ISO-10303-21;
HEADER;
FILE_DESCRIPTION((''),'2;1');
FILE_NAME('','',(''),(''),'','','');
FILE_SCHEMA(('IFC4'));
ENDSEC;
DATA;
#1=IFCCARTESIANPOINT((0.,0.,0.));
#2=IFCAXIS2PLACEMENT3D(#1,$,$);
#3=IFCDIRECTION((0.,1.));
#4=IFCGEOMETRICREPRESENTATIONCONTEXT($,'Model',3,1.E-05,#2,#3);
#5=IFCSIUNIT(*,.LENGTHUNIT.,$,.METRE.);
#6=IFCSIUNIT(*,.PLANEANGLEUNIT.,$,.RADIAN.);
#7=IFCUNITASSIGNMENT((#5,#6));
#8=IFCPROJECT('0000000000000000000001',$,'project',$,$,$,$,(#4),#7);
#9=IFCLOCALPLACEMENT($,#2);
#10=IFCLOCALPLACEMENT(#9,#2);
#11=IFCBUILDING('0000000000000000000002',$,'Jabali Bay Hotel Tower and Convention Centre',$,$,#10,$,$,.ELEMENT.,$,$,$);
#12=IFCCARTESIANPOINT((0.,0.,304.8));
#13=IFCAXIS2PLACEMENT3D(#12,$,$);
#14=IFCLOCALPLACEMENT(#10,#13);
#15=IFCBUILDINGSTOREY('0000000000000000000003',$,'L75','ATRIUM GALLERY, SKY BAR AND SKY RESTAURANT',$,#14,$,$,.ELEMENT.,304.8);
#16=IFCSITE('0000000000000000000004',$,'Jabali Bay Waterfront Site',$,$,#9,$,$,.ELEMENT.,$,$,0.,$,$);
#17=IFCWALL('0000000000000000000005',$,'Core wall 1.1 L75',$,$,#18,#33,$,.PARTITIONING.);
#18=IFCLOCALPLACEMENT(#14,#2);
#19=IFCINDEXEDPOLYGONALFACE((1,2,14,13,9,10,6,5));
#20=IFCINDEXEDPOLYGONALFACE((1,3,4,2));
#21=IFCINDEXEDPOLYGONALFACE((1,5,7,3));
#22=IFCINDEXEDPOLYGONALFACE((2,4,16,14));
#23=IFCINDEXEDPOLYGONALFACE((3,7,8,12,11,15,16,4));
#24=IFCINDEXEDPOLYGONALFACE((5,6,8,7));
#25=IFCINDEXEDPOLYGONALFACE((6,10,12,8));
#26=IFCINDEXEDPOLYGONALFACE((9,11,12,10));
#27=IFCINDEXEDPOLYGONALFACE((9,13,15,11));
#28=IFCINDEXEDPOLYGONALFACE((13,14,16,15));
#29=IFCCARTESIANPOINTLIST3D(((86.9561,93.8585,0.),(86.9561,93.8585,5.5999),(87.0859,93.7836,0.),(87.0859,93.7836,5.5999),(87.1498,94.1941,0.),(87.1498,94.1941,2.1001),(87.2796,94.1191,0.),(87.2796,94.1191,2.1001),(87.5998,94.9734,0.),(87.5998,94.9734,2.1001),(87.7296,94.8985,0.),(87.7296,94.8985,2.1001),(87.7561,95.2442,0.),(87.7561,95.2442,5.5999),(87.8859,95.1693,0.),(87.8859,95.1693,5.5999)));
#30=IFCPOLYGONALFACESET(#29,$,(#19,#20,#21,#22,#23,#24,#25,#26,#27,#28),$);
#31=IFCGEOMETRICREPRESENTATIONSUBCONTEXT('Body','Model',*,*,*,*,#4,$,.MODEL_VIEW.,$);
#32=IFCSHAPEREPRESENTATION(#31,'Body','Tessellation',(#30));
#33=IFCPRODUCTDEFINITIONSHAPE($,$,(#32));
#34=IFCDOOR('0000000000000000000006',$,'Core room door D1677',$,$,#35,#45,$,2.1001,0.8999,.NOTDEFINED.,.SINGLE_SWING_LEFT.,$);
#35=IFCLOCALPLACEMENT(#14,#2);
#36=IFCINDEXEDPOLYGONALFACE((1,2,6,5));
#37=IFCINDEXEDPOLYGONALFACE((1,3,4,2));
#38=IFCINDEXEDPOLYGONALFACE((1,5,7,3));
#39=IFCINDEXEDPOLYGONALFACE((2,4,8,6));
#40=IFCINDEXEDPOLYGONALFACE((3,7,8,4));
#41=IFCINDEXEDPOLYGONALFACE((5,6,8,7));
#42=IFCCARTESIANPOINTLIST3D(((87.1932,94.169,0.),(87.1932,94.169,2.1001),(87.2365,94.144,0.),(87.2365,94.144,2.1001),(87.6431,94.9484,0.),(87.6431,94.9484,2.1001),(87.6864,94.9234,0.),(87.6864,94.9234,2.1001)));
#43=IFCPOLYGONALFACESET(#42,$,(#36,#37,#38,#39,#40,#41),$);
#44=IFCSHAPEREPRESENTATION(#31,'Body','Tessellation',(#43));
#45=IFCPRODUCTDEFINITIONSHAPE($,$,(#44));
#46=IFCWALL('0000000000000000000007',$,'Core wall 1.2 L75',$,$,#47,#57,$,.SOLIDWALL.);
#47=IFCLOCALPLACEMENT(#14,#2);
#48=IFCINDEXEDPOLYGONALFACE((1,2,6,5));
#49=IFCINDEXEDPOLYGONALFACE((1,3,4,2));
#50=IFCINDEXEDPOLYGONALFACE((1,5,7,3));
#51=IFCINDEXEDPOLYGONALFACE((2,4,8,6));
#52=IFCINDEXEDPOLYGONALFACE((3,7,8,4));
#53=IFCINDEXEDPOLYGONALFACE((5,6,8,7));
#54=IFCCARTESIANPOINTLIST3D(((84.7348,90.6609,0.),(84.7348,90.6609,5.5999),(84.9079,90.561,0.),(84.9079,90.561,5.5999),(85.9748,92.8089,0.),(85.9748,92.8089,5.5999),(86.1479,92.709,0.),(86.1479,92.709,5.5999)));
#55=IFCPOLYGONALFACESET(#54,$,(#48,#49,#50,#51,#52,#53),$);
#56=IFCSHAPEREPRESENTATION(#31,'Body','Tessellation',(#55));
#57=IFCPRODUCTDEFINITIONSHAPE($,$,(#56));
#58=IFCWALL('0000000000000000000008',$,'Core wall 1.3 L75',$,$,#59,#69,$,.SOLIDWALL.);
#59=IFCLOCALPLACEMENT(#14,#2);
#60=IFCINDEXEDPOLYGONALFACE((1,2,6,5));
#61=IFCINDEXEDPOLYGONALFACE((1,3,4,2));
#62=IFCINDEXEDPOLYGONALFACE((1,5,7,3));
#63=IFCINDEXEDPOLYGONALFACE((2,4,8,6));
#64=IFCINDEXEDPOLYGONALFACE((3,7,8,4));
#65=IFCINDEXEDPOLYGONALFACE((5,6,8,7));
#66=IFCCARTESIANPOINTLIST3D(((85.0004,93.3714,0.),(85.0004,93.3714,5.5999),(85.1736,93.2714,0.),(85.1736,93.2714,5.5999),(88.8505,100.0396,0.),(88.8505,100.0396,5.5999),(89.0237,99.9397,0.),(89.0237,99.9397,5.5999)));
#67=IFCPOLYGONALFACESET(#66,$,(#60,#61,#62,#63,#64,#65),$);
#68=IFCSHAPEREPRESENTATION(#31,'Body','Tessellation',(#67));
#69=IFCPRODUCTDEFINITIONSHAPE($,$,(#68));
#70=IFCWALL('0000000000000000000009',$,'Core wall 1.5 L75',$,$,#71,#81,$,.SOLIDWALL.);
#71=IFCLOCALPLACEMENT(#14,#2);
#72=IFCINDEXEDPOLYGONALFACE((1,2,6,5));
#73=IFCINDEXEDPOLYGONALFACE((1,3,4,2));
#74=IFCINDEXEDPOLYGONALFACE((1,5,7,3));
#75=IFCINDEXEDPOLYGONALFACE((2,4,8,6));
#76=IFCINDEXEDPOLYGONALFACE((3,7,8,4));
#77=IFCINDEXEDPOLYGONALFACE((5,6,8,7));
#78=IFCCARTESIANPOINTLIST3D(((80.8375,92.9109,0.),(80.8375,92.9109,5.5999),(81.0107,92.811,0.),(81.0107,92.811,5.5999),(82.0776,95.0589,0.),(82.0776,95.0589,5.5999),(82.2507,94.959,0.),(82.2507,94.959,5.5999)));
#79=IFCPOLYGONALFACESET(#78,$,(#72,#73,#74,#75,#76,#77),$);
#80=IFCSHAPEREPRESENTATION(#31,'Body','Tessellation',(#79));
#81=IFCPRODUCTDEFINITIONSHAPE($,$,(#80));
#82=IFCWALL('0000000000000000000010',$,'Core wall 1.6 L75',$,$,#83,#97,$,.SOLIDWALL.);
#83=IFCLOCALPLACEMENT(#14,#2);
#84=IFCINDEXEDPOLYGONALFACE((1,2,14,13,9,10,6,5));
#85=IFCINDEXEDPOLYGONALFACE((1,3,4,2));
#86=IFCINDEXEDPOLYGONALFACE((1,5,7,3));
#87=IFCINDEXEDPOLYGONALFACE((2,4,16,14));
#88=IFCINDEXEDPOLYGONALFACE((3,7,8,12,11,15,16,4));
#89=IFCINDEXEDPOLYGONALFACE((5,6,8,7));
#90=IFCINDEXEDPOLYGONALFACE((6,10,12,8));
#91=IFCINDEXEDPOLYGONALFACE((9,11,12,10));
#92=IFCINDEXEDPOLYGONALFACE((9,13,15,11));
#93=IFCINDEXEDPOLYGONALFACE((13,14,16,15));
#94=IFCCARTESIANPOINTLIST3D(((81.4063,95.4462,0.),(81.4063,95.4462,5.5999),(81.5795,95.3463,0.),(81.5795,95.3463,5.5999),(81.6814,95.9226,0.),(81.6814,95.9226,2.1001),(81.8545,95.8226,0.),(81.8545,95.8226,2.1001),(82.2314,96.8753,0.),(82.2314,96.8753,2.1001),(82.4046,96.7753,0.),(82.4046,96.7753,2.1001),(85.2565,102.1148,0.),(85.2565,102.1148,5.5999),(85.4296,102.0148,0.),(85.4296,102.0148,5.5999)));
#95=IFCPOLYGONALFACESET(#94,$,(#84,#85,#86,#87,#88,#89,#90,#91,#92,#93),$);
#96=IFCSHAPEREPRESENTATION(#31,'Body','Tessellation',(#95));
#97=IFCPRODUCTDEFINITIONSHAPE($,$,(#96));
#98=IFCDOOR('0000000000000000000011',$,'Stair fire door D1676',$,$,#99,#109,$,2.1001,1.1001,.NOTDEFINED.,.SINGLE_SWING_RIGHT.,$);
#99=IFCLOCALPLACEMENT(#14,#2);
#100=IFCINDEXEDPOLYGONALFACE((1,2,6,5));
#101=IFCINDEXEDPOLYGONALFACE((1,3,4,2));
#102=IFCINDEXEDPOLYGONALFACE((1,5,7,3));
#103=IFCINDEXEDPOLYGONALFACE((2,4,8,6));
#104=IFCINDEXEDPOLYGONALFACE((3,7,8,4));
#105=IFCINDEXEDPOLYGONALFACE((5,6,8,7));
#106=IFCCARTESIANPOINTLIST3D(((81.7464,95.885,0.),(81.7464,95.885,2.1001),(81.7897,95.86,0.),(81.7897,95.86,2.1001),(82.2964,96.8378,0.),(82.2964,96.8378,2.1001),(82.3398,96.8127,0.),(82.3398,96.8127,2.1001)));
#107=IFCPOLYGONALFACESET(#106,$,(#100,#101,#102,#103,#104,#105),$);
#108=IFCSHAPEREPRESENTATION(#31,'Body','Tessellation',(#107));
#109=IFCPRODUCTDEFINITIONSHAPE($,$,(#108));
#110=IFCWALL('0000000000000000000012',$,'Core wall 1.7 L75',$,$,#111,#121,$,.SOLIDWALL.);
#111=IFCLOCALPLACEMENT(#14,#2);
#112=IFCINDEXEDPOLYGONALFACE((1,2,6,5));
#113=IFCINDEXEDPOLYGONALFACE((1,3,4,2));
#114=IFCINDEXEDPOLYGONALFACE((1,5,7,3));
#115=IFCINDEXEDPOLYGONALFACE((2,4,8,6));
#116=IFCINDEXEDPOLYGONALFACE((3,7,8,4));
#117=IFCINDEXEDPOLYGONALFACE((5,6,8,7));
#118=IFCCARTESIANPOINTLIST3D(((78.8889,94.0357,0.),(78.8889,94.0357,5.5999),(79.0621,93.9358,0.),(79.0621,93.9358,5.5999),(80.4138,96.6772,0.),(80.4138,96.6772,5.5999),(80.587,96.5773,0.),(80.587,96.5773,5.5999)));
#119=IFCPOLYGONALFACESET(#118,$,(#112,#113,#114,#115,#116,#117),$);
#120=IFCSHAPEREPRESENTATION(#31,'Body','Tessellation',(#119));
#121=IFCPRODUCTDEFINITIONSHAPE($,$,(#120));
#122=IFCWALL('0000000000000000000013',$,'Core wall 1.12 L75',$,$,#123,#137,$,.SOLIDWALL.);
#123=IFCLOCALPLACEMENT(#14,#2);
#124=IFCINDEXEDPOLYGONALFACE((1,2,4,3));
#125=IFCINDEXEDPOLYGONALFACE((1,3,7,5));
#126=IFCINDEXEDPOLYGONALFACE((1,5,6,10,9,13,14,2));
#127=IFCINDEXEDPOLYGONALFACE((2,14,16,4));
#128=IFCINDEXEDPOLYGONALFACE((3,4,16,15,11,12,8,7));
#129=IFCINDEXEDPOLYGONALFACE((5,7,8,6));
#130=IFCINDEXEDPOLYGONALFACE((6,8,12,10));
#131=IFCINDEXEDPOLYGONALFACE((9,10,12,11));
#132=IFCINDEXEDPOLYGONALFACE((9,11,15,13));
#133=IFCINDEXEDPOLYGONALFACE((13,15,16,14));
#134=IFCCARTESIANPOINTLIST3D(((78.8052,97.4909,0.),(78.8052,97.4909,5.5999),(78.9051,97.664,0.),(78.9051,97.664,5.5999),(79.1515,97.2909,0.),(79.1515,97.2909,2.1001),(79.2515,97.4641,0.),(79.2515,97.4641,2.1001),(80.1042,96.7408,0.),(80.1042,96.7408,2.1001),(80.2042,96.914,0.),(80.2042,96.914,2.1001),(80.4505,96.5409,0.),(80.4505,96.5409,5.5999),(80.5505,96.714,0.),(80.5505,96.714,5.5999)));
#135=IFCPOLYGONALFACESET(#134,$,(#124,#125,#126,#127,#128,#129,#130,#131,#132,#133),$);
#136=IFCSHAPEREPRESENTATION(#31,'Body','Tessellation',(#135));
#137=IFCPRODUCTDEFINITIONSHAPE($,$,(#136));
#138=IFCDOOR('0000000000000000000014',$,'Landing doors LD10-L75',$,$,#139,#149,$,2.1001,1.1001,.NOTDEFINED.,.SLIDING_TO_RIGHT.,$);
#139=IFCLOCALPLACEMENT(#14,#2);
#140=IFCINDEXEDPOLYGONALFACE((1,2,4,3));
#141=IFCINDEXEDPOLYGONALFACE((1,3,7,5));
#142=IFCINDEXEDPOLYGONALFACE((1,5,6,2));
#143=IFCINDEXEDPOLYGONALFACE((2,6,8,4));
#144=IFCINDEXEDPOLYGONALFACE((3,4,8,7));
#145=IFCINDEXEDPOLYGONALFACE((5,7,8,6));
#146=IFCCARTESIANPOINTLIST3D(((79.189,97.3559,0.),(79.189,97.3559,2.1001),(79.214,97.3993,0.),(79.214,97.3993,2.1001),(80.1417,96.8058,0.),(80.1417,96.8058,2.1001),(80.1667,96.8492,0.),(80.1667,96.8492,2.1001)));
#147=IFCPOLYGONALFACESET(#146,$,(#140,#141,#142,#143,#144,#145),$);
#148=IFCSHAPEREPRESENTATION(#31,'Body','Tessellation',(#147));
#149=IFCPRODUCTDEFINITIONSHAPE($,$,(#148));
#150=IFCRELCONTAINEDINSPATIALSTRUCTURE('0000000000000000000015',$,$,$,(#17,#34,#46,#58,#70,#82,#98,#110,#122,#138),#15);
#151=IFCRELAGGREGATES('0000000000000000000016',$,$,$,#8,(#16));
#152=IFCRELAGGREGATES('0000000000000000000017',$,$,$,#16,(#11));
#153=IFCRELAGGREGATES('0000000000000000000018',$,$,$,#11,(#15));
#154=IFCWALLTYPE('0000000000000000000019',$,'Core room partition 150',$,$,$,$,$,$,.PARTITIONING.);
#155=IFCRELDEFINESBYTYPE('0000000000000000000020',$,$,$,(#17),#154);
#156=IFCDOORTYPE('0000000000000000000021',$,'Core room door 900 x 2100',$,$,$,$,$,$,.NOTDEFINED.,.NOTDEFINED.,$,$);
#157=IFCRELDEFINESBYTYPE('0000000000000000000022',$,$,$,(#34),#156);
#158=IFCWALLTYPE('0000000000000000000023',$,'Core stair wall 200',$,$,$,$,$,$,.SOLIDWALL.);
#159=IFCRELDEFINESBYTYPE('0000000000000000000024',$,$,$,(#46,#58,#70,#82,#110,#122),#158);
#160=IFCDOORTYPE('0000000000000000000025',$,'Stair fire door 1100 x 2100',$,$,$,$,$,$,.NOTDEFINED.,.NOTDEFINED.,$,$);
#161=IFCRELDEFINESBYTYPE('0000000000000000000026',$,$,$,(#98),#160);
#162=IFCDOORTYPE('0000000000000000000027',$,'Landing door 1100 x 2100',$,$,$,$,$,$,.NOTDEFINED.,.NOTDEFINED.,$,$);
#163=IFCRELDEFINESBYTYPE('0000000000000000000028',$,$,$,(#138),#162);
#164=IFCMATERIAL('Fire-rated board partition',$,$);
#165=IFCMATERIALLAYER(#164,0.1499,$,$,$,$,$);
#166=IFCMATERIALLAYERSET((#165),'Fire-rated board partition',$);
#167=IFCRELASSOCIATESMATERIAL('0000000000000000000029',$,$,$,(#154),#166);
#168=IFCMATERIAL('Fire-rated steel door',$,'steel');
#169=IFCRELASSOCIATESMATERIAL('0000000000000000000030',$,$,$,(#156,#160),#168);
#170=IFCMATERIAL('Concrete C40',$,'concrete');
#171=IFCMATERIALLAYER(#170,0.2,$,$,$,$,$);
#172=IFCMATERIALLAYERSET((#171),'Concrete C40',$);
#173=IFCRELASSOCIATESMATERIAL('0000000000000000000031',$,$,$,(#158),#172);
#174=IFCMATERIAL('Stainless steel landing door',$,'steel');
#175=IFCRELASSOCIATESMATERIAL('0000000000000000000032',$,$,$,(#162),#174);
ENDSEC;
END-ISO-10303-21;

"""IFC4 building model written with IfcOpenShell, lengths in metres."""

from ifc_helpers import new_model, si_unit, direction, frame, frame_2d, origin, place, context, subcontext, project, spatial, rectangle, extrude, material, layer, layer_set, type_object, element, fill, save


model = new_model("IFC4")

# Units and contexts
model_context = context("Model", 3, precision=1e-05, world=origin(), true_north=direction((0.0, 1.0)))
body_context = subcontext(model_context, "Body", "Model", "MODEL_VIEW")
ifc_project = project(units=[si_unit("LENGTHUNIT", "METRE"), si_unit("PLANEANGLEUNIT", "RADIAN")], contexts=[model_context])

# Site, building, storey
site_placement = place(None, origin())
site = spatial("IfcSite", under=ifc_project, at=site_placement, Name="Jabali Bay Waterfront Site", CompositionType="ELEMENT", RefElevation=0.0)
building_placement = place(site_placement, origin())
building = spatial("IfcBuilding", under=site, at=building_placement, Name="Jabali Bay Hotel Tower and Convention Centre", CompositionType="ELEMENT")
storey_placement = place(building_placement, frame((0.0, 0.0, 304.8)))
storey = spatial("IfcBuildingStorey", under=building, at=storey_placement, Name="L75", Description="ATRIUM GALLERY, SKY BAR AND SKY RESTAURANT", CompositionType="ELEMENT", Elevation=304.8)

# Wall, opening, door
ifc_material_1 = material(Name="Fire-rated board partition")
ifc_layer_1 = layer(ifc_material_1, 0.1499)
ifc_layer_set_1 = layer_set([ifc_layer_1], Name="Fire-rated board partition")
wall_type_1 = type_object("IfcWallType", Name="Core room partition 150", PredefinedType="PARTITIONING", material=ifc_layer_set_1)
wall_1_placement = place(storey_placement, frame((87.021, 93.821, 0.0), z_axis=(0.0, 0.0, 1.0), x_axis=(0.499995, 0.866028, 0.0)))
wall_1 = element("IfcWall", 1, at=wall_1_placement, inside=storey, type_object=wall_type_1, Name="Core wall 1.1 L75", PredefinedType="PARTITIONING", context=body_context, shape_type="SweptSolid", body=[
    extrude(rectangle(XDim=1.6001, YDim=0.1499, at=frame_2d((0.8, 0.0))), origin(), (0.0, 0.0, 1.0), 5.5999),
])
opening_1_placement = place(wall_1_placement, frame((0.3875, 0.0, 0.0)))
opening_1 = element("IfcOpeningElement", 2, at=opening_1_placement, cuts=wall_1, PredefinedType="OPENING", context=body_context, shape_type="SweptSolid", body=[
    extrude(rectangle(XDim=0.8999, YDim=2.1001, at=frame_2d((0.45, 1.05))), frame((0.0, 0.0854, 0.0), z_axis=(0.0, -1.0, 0.0), x_axis=(1.0, 0.0, 0.0)), (0.0, 0.0, 1.0), 0.1709),
])
ifc_material_2 = material(Name="Fire-rated steel door", Category="steel")
door_type_1 = type_object("IfcDoorType", Name="Core room door 900 x 2100", OperationType="NOTDEFINED", PredefinedType="NOTDEFINED", material=ifc_material_2)
door_1_placement = place(opening_1_placement, origin())
door_1 = element("IfcDoor", 3, at=door_1_placement, inside=storey, type_object=door_type_1, Name="Core room door D1677", OperationType="SINGLE_SWING_LEFT", OverallHeight=2.1001, OverallWidth=0.8999, PredefinedType="NOTDEFINED", context=body_context, shape_type="SweptSolid", body=[
    extrude(rectangle(XDim=0.8999, YDim=2.1001, at=frame_2d((0.45, 1.05))), frame((0.0, 0.0249, 0.0), z_axis=(0.0, -1.0, 0.0), x_axis=(1.0, 0.0, 0.0)), (0.0, 0.0, 1.0), 0.05),
])
fill(opening_1, door_1)

# Walls
ifc_material_3 = material(Name="Concrete C40", Category="concrete")
ifc_layer_2 = layer(ifc_material_3, 0.2)
ifc_layer_set_2 = layer_set([ifc_layer_2], Name="Concrete C40")
wall_type_2 = type_object("IfcWallType", Name="Core stair wall 200", PredefinedType="SOLIDWALL", material=ifc_layer_set_2)
wall_2_placement = place(storey_placement, frame((84.8213, 90.6108, 0.0), z_axis=(0.0, 0.0, 1.0), x_axis=(0.499961, 0.866048, 0.0)))
element("IfcWall", 4, at=wall_2_placement, inside=storey, type_object=wall_type_2, Name="Core wall 1.2 L75", PredefinedType="SOLIDWALL", context=body_context, shape_type="SweptSolid", body=[
    extrude(rectangle(XDim=2.4802, YDim=0.2, at=frame_2d((1.2402, 0.0))), origin(), (0.0, 0.0, 1.0), 5.5999),
])
wall_3_placement = place(storey_placement, frame((85.0869, 93.3213, 0.0), z_axis=(0.0, 0.0, 1.0), x_axis=(0.50002, 0.866014, 0.0)))
element("IfcWall", 5, at=wall_3_placement, inside=storey, type_object=wall_type_2, Name="Core wall 1.3 L75", PredefinedType="SOLIDWALL", context=body_context, shape_type="SweptSolid", body=[
    extrude(rectangle(XDim=7.7, YDim=0.2, at=frame_2d((3.8501, 0.0))), origin(), (0.0, 0.0, 1.0), 5.5999),
])
wall_4_placement = place(storey_placement, frame((80.9241, 92.8608, 0.0), z_axis=(0.0, 0.0, 1.0), x_axis=(0.499961, 0.866048, 0.0)))
element("IfcWall", 6, at=wall_4_placement, inside=storey, type_object=wall_type_2, Name="Core wall 1.5 L75", PredefinedType="SOLIDWALL", context=body_context, shape_type="SweptSolid", body=[
    extrude(rectangle(XDim=2.4802, YDim=0.2, at=frame_2d((1.2402, 0.0))), origin(), (0.0, 0.0, 1.0), 5.5999),
])

# Wall, opening, door
wall_5_placement = place(storey_placement, frame((81.4929, 95.3962, 0.0), z_axis=(0.0, 0.0, 1.0), x_axis=(0.500006, 0.866022, 0.0)))
wall_5 = element("IfcWall", 7, at=wall_5_placement, inside=storey, type_object=wall_type_2, Name="Core wall 1.6 L75", PredefinedType="SOLIDWALL", context=body_context, shape_type="SweptSolid", body=[
    extrude(rectangle(XDim=7.7002, YDim=0.2, at=frame_2d((3.8501, 0.0))), origin(), (0.0, 0.0, 1.0), 5.5999),
])
opening_2_placement = place(wall_5_placement, frame((0.55, 0.0, 0.0)))
opening_2 = element("IfcOpeningElement", 8, at=opening_2_placement, cuts=wall_5, PredefinedType="OPENING", context=body_context, shape_type="SweptSolid", body=[
    extrude(rectangle(XDim=1.1001, YDim=2.1001, at=frame_2d((0.55, 1.05))), frame((0.0, 0.1104, 0.0), z_axis=(0.0, -1.0, 0.0), x_axis=(1.0, 0.0, 0.0)), (0.0, 0.0, 1.0), 0.2209),
])
door_type_2 = type_object("IfcDoorType", Name="Stair fire door 1100 x 2100", OperationType="NOTDEFINED", PredefinedType="NOTDEFINED", material=ifc_material_2)
door_2_placement = place(opening_2_placement, origin())
door_2 = element("IfcDoor", 9, at=door_2_placement, inside=storey, type_object=door_type_2, Name="Stair fire door D1676", OperationType="SINGLE_SWING_RIGHT", OverallHeight=2.1001, OverallWidth=1.1001, PredefinedType="NOTDEFINED", context=body_context, shape_type="SweptSolid", body=[
    extrude(rectangle(XDim=1.1001, YDim=2.1001, at=frame_2d((0.55, 1.05))), frame((0.0, 0.0249, 0.0), z_axis=(0.0, -1.0, 0.0), x_axis=(1.0, 0.0, 0.0)), (0.0, 0.0, 1.0), 0.05),
])
fill(opening_2, door_2)

# Wall
wall_6_placement = place(storey_placement, frame((78.9756, 93.9858, 0.0), z_axis=(0.0, 0.0, 1.0), x_axis=(0.499944, 0.866058, 0.0)))
element("IfcWall", 10, at=wall_6_placement, inside=storey, type_object=wall_type_2, Name="Core wall 1.7 L75", PredefinedType="SOLIDWALL", context=body_context, shape_type="SweptSolid", body=[
    extrude(rectangle(XDim=3.05, YDim=0.2, at=frame_2d((1.5249, 0.0))), origin(), (0.0, 0.0, 1.0), 5.5999),
])

# Wall, opening, door
wall_7_placement = place(storey_placement, frame((80.5005, 96.6274, 0.0), z_axis=(0.0, 0.0, 1.0), x_axis=(-0.866012, 0.500023, 0.0)))
wall_7 = element("IfcWall", 11, at=wall_7_placement, inside=storey, type_object=wall_type_2, Name="Core wall 1.12 L75", PredefinedType="SOLIDWALL", context=body_context, shape_type="SweptSolid", body=[
    extrude(rectangle(XDim=1.8999, YDim=0.2, at=frame_2d((0.95, 0.0))), origin(), (0.0, 0.0, 1.0), 5.5999),
])
opening_3_placement = place(wall_7_placement, frame((0.3999, 0.0, 0.0)))
opening_3 = element("IfcOpeningElement", 12, at=opening_3_placement, cuts=wall_7, PredefinedType="OPENING", context=body_context, shape_type="SweptSolid", body=[
    extrude(rectangle(XDim=1.1001, YDim=2.1001, at=frame_2d((0.55, 1.05))), frame((0.0, 0.1104, 0.0), z_axis=(0.0, -1.0, 0.0), x_axis=(1.0, 0.0, 0.0)), (0.0, 0.0, 1.0), 0.2209),
])
ifc_material_4 = material(Name="Stainless steel landing door", Category="steel")
door_type_3 = type_object("IfcDoorType", Name="Landing door 1100 x 2100", OperationType="NOTDEFINED", PredefinedType="NOTDEFINED", material=ifc_material_4)
door_3_placement = place(opening_3_placement, origin())
door_3 = element("IfcDoor", 13, at=door_3_placement, inside=storey, type_object=door_type_3, Name="Landing doors LD10-L75", OperationType="SLIDING_TO_RIGHT", OverallHeight=2.1001, OverallWidth=1.1001, PredefinedType="NOTDEFINED", context=body_context, shape_type="SweptSolid", body=[
    extrude(rectangle(XDim=1.1001, YDim=2.1001, at=frame_2d((0.55, 1.05))), frame((0.0, 0.0249, 0.0), z_axis=(0.0, -1.0, 0.0), x_axis=(1.0, 0.0, 0.0)), (0.0, 0.0, 1.0), 0.05),
])
fill(opening_3, door_3)

save(model, "model.ifc")
